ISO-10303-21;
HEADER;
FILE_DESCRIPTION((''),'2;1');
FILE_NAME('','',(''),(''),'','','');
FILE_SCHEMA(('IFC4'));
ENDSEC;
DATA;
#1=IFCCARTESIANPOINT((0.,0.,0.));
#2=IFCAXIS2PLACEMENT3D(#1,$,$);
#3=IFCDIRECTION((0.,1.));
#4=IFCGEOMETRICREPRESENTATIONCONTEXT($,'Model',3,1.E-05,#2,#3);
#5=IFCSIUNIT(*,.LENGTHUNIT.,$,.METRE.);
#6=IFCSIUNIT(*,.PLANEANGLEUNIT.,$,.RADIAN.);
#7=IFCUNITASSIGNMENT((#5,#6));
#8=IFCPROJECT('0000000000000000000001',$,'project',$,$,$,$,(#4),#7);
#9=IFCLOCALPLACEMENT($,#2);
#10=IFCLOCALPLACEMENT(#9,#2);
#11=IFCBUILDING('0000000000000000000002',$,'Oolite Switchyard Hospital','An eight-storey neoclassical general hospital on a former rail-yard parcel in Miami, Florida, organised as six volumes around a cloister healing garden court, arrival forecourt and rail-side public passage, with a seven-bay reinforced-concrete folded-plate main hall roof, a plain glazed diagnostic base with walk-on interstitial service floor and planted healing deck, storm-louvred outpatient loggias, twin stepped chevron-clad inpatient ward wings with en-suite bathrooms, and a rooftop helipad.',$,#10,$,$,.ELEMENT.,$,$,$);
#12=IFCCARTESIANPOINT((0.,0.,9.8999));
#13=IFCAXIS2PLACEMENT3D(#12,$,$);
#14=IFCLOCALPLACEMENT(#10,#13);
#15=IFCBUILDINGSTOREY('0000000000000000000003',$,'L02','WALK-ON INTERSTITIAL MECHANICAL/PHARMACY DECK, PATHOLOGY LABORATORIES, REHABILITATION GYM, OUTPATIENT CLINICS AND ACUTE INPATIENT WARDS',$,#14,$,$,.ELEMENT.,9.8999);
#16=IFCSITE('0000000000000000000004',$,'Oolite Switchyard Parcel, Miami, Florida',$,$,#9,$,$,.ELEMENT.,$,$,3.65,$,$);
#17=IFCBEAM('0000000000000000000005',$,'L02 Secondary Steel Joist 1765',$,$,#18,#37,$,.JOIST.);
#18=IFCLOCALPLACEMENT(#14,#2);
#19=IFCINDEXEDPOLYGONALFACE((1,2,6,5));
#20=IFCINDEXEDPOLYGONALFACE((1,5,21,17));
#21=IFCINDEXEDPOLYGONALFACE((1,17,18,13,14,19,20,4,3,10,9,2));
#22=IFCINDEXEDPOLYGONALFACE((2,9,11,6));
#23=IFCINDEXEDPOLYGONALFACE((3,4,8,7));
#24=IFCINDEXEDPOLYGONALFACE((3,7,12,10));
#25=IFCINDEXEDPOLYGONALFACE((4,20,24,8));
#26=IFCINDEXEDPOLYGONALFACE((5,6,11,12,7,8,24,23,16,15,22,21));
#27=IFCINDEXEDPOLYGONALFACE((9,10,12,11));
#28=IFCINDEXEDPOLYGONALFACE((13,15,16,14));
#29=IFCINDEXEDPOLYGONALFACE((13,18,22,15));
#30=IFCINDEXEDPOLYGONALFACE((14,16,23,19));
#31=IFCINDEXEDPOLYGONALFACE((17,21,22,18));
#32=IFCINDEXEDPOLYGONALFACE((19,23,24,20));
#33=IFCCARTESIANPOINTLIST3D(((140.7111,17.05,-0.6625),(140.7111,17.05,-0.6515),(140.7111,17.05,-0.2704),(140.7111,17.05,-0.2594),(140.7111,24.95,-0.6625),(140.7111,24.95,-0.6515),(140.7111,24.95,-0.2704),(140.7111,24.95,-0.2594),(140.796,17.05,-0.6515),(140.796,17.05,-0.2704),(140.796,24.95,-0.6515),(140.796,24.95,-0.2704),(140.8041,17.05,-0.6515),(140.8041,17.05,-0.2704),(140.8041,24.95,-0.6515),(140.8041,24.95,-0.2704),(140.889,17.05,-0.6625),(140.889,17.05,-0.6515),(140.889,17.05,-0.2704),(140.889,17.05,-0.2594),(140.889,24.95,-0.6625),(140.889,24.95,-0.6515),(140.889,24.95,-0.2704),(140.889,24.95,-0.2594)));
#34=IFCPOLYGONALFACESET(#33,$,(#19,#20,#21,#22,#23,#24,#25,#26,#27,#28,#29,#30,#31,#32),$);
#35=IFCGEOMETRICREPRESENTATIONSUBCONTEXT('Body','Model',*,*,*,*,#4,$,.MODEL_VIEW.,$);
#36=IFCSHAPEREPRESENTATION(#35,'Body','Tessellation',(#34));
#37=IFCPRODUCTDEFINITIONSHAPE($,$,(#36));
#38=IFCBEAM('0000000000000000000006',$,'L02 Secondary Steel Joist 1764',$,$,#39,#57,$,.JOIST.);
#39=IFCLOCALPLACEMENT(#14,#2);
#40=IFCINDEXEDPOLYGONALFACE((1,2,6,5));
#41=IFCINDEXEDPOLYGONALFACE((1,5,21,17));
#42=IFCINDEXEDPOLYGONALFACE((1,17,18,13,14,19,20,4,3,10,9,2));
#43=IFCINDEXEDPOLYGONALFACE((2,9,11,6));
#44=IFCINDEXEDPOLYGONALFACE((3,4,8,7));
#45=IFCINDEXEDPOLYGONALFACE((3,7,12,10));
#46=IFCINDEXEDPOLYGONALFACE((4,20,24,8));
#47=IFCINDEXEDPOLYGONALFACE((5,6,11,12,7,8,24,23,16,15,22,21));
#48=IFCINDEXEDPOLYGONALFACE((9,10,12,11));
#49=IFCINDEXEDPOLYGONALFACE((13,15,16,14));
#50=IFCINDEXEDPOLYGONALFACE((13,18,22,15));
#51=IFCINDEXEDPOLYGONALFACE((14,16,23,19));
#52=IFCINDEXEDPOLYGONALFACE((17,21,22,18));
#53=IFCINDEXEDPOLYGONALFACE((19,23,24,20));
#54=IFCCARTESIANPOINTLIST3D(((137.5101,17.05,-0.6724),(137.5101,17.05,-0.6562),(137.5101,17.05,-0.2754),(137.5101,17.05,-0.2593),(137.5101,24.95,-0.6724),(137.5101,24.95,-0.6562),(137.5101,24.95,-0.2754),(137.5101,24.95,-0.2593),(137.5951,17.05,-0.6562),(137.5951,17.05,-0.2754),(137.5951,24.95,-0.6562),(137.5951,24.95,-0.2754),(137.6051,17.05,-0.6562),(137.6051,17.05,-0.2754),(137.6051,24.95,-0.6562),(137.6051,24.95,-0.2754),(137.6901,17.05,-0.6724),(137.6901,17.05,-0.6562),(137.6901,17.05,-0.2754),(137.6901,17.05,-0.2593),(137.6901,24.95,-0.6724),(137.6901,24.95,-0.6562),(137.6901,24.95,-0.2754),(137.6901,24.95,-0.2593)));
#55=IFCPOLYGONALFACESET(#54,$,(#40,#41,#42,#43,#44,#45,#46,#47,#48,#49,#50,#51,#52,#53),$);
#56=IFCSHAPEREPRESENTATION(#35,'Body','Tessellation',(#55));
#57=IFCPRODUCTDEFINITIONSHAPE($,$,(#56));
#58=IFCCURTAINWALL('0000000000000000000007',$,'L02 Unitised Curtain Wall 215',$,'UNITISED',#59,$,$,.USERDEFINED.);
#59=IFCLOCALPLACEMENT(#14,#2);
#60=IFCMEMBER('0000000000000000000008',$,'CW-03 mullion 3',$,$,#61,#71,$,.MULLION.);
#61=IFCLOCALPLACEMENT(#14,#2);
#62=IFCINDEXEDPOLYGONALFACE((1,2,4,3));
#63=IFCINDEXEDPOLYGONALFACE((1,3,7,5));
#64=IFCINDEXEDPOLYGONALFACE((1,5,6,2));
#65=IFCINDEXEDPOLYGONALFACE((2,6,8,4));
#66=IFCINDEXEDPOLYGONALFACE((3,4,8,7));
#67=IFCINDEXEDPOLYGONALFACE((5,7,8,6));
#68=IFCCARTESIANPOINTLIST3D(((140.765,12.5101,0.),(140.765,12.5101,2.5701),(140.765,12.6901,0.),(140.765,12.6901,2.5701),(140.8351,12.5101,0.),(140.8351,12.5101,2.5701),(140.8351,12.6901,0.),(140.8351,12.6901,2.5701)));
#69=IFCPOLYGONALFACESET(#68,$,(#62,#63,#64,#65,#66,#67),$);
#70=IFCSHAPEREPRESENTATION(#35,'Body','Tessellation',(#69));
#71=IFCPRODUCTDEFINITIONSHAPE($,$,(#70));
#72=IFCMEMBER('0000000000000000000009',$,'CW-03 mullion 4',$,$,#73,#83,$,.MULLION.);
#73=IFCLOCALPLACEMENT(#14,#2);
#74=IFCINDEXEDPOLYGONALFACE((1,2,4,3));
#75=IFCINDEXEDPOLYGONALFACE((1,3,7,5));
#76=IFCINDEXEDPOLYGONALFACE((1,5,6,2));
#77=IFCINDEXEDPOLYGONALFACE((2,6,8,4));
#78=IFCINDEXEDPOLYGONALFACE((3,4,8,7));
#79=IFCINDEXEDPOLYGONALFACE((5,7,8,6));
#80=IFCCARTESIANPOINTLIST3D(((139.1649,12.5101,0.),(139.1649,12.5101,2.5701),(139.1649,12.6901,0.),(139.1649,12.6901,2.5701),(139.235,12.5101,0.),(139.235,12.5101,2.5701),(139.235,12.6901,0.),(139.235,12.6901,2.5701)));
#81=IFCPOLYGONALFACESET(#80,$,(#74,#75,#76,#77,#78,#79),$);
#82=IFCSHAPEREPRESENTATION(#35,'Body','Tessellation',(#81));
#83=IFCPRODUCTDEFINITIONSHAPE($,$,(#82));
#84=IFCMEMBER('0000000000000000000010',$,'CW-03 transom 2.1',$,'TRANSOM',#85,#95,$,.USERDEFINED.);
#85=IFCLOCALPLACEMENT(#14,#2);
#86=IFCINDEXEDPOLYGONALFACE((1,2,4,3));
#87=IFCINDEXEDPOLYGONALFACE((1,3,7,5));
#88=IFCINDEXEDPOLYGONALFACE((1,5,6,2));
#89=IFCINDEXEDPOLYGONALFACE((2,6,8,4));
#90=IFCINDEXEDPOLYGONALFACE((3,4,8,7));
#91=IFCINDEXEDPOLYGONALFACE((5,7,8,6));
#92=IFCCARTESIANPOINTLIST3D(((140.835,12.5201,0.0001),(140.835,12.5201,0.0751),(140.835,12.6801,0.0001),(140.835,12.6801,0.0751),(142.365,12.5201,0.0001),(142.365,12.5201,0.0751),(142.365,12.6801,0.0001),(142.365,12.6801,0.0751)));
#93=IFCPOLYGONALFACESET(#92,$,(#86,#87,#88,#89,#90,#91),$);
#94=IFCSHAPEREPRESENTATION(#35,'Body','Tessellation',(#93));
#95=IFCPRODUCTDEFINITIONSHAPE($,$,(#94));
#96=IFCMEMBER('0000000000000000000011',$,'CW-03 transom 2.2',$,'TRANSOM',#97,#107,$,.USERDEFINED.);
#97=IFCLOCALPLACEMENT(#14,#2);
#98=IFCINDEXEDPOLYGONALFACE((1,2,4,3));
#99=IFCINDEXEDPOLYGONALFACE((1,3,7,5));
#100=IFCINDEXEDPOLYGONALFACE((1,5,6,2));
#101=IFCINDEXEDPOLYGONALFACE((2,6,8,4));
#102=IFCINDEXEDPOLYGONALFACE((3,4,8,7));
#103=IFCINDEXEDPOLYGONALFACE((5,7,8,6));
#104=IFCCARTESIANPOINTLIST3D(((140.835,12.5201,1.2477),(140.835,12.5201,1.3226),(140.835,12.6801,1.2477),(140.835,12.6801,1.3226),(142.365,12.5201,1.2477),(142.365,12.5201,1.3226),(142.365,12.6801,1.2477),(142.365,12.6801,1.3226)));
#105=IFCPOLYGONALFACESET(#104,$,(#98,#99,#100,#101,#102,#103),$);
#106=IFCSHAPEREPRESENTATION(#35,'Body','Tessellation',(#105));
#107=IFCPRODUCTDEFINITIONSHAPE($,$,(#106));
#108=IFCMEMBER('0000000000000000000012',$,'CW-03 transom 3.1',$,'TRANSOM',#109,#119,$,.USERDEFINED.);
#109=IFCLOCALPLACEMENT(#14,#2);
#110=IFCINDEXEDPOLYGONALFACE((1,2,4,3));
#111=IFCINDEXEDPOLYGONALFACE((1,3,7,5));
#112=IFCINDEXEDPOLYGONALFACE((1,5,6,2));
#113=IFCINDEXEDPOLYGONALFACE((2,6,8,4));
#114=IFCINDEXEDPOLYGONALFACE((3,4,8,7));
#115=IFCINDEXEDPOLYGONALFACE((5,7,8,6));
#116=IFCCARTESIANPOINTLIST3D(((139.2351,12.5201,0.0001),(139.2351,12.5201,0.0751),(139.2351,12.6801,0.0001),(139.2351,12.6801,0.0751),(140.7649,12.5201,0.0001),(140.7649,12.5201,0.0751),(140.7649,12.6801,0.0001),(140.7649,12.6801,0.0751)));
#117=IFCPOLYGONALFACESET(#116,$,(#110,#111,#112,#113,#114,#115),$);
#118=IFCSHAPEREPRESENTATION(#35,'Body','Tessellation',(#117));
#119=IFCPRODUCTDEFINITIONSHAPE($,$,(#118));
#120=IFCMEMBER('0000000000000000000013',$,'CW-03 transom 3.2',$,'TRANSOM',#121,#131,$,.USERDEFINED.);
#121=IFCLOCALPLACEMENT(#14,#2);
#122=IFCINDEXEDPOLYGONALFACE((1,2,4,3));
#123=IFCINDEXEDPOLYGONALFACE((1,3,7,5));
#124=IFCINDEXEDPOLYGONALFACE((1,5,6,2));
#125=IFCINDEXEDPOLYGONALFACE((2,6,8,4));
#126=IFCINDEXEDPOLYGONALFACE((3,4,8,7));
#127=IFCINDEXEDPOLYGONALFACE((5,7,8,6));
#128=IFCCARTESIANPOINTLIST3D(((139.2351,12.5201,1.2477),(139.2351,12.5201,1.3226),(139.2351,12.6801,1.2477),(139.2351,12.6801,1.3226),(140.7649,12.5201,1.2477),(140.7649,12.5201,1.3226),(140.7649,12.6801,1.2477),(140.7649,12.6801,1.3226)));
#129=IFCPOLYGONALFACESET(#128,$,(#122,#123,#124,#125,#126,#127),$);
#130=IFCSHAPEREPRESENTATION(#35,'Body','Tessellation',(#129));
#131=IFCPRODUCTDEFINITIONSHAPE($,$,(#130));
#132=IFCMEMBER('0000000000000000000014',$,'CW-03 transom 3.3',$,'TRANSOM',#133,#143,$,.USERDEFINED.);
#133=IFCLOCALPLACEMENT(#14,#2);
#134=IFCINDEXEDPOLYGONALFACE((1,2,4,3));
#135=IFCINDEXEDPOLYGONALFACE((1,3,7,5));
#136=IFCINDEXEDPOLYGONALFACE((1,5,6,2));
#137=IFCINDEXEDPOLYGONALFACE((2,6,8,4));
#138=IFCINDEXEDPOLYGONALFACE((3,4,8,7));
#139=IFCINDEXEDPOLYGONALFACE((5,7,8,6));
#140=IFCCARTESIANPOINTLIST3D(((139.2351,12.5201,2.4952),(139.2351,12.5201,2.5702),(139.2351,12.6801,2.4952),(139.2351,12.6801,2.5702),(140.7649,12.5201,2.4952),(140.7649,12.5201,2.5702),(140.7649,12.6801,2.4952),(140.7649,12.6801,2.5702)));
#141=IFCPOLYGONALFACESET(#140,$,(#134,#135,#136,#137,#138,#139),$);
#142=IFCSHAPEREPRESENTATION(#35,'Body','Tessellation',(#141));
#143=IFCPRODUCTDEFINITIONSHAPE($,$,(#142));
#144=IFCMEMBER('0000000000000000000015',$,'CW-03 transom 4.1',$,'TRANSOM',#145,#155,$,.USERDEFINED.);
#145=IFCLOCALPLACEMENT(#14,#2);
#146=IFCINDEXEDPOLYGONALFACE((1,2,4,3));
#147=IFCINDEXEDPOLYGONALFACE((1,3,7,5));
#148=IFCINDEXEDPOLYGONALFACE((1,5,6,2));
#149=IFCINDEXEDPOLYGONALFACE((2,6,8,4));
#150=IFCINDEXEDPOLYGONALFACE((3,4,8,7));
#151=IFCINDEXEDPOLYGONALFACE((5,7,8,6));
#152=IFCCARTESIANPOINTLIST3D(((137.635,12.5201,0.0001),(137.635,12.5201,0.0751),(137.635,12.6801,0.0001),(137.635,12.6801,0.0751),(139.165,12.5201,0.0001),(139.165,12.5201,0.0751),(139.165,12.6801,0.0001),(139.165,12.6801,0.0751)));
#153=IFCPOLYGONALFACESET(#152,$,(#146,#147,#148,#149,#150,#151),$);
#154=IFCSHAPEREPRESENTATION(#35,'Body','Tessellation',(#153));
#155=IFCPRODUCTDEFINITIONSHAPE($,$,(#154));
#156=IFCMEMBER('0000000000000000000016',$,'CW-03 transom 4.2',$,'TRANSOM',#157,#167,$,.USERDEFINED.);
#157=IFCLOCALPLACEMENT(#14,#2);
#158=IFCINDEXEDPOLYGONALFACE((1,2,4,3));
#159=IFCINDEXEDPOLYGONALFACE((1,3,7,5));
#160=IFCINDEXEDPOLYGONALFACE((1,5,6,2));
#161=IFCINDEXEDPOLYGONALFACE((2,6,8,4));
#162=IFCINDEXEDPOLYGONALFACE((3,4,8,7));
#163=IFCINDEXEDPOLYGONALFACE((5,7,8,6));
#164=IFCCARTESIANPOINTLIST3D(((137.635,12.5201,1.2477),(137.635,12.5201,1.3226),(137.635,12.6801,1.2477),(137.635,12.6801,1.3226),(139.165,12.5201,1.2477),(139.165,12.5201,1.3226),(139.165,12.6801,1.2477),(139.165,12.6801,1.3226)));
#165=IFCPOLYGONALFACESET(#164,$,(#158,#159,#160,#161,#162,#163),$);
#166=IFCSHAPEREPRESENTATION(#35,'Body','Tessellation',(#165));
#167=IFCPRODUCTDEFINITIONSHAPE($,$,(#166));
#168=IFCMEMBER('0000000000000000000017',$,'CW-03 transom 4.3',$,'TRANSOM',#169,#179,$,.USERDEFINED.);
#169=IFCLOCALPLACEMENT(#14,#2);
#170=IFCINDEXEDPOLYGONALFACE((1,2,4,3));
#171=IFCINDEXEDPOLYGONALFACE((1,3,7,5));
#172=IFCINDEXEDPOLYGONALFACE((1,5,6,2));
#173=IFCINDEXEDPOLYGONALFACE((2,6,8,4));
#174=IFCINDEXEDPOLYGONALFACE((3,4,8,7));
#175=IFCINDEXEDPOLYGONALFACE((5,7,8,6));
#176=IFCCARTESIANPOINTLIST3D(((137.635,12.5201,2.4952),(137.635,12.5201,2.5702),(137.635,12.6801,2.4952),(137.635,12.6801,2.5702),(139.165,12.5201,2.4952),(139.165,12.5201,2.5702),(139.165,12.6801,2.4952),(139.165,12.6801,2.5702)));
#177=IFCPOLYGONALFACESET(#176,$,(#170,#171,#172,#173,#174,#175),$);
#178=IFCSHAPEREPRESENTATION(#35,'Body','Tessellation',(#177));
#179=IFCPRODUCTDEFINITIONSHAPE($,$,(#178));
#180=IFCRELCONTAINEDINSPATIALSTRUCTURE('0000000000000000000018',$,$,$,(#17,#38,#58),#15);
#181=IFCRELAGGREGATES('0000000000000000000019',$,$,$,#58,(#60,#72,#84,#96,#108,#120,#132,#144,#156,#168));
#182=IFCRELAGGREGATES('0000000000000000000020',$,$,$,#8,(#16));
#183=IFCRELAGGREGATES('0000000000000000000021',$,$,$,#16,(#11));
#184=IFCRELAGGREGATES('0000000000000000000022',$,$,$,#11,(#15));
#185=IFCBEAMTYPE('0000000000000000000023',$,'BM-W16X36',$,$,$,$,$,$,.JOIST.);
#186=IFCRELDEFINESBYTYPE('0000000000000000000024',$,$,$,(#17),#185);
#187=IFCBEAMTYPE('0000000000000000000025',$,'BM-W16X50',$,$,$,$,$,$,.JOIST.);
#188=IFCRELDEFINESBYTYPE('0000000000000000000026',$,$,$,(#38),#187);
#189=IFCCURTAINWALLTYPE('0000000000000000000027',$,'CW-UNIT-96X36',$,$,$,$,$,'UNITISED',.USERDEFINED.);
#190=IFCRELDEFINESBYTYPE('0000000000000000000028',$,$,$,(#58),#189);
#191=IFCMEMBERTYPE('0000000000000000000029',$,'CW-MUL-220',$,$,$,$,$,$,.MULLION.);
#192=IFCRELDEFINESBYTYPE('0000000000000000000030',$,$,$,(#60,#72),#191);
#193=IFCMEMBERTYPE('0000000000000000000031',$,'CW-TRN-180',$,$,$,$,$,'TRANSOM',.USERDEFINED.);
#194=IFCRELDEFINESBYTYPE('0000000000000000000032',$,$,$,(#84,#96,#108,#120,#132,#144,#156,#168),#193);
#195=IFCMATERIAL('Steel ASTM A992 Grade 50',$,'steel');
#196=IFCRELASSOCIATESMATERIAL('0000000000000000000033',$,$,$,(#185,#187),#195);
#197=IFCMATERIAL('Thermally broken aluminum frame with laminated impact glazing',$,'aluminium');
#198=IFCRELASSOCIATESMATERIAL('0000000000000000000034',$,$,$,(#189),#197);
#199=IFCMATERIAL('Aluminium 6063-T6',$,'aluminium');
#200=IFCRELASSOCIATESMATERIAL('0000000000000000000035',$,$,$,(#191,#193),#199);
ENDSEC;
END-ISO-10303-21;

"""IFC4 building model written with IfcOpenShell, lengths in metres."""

from ifc_helpers import new_model, si_unit, direction, frame, origin, origin_2d, place, context, subcontext, project, spatial, rectangle, i_section, extrude, material, material_profile, profile_set, type_object, element, aggregate, save


model = new_model("IFC4")

# Units and contexts
model_context = context("Model", 3, precision=1e-05, world=origin(), true_north=direction((0.0, 1.0)))
body_context = subcontext(model_context, "Body", "Model", "MODEL_VIEW")
ifc_project = project(units=[si_unit("LENGTHUNIT", "METRE"), si_unit("PLANEANGLEUNIT", "RADIAN")], contexts=[model_context])

# Site, building, storey
site_placement = place(None, origin())
site = spatial("IfcSite", under=ifc_project, at=site_placement, Name="Oolite Switchyard Parcel, Miami, Florida", CompositionType="ELEMENT", RefElevation=3.65)
building_placement = place(site_placement, origin())
building = spatial("IfcBuilding", under=site, at=building_placement, Name="Oolite Switchyard Hospital", Description="An eight-storey neoclassical general hospital on a former rail-yard parcel in Miami, Florida, organised as six volumes around a cloister healing garden court, arrival forecourt and rail-side public passage, with a seven-bay reinforced-concrete folded-plate main hall roof, a plain glazed diagnostic base with walk-on interstitial service floor and planted healing deck, storm-louvred outpatient loggias, twin stepped chevron-clad inpatient ward wings with en-suite bathrooms, and a rooftop helipad.", CompositionType="ELEMENT")
storey_placement = place(building_placement, frame((0.0, 0.0, 9.8999)))
storey = spatial("IfcBuildingStorey", under=building, at=storey_placement, Name="L02", Description="WALK-ON INTERSTITIAL MECHANICAL/PHARMACY DECK, PATHOLOGY LABORATORIES, REHABILITATION GYM, OUTPATIENT CLINICS AND ACUTE INPATIENT WARDS", CompositionType="ELEMENT", Elevation=9.8999)

# Beams
ifc_material_1 = material(Name="Steel ASTM A992 Grade 50", Category="steel")
ifc_material_profile_1 = material_profile(ifc_material_1, i_section(OverallWidth=0.178, OverallDepth=0.4031, WebThickness=0.0081, FlangeThickness=0.011, at=origin_2d()), Name="W16X36")
ifc_profile_set_1 = profile_set([ifc_material_profile_1], Name="Steel ASTM A992 Grade 50")
beam_type_1 = type_object("IfcBeamType", Name="BM-W16X36", PredefinedType="JOIST", material=ifc_profile_set_1)
beam_1_placement = place(storey_placement, frame((140.8, 17.05, -0.4609), z_axis=(0.0, 1.0, 0.0), x_axis=(-1.0, 0.0, 0.0)))
element("IfcBeam", 1, at=beam_1_placement, inside=storey, type_object=beam_type_1, Name="L02 Secondary Steel Joist 1765", PredefinedType="JOIST", context=body_context, shape_type="SweptSolid", body=[
    extrude(i_section(OverallWidth=0.178, OverallDepth=0.4031, WebThickness=0.0081, FlangeThickness=0.011, at=origin_2d()), origin(), (0.0, 0.0, 1.0), 7.8999),
])
ifc_material_profile_2 = material_profile(ifc_material_1, i_section(OverallWidth=0.1799, OverallDepth=0.4131, WebThickness=0.01, FlangeThickness=0.0161, at=origin_2d()), Name="W16X50")
ifc_profile_set_2 = profile_set([ifc_material_profile_2], Name="Steel ASTM A992 Grade 50")
beam_type_2 = type_object("IfcBeamType", Name="BM-W16X50", PredefinedType="JOIST", material=ifc_profile_set_2)
beam_2_placement = place(storey_placement, frame((137.6001, 17.05, -0.4658), z_axis=(0.0, 1.0, 0.0), x_axis=(-1.0, 0.0, 0.0)))
element("IfcBeam", 2, at=beam_2_placement, inside=storey, type_object=beam_type_2, Name="L02 Secondary Steel Joist 1764", PredefinedType="JOIST", context=body_context, shape_type="SweptSolid", body=[
    extrude(i_section(OverallWidth=0.1799, OverallDepth=0.4131, WebThickness=0.01, FlangeThickness=0.0161, at=origin_2d()), origin(), (0.0, 0.0, 1.0), 7.8999),
])

# Curtain wall, members
ifc_material_2 = material(Name="Thermally broken aluminum frame with laminated impact glazing", Category="aluminium")
curtain_wall_type = type_object("IfcCurtainWallType", Name="CW-UNIT-96X36", ElementType="UNITISED", PredefinedType="USERDEFINED", material=ifc_material_2)
curtain_wall_placement = place(storey_placement, origin())
curtain_wall = element("IfcCurtainWall", 3, at=curtain_wall_placement, inside=storey, type_object=curtain_wall_type, Name="L02 Unitised Curtain Wall 215", ObjectType="UNITISED", PredefinedType="USERDEFINED")
ifc_material_3 = material(Name="Aluminium 6063-T6", Category="aluminium")
ifc_material_profile_3 = material_profile(ifc_material_3, rectangle(XDim=0.1799, YDim=0.0701, at=origin_2d()), Name="CWM70X180")
ifc_profile_set_3 = profile_set([ifc_material_profile_3], Name="Aluminium 6063-T6")
member_type_1 = type_object("IfcMemberType", Name="CW-MUL-220", PredefinedType="MULLION", material=ifc_profile_set_3)
member_1_placement = place(storey_placement, frame((140.8, 12.6001, 0.0), z_axis=(0.0, 0.0, 1.0), x_axis=(0.0, -1.0, 0.0)))
member_1 = element("IfcMember", 4, at=member_1_placement, type_object=member_type_1, Name="CW-03 mullion 3", PredefinedType="MULLION", context=body_context, shape_type="SweptSolid", body=[
    extrude(rectangle(XDim=0.1799, YDim=0.0701, at=origin_2d()), origin(), (0.0, 0.0, 1.0), 2.5701),
])
member_2_placement = place(storey_placement, frame((139.2, 12.6001, 0.0), z_axis=(0.0, 0.0, 1.0), x_axis=(0.0, -1.0, 0.0)))
member_2 = element("IfcMember", 5, at=member_2_placement, type_object=member_type_1, Name="CW-03 mullion 4", PredefinedType="MULLION", context=body_context, shape_type="SweptSolid", body=[
    extrude(rectangle(XDim=0.1799, YDim=0.0701, at=origin_2d()), origin(), (0.0, 0.0, 1.0), 2.5701),
])
ifc_material_profile_4 = material_profile(ifc_material_3, rectangle(XDim=0.1599, YDim=0.075, at=origin_2d()), Name="CWT75X160")
ifc_profile_set_4 = profile_set([ifc_material_profile_4], Name="Aluminium 6063-T6")
member_type_2 = type_object("IfcMemberType", Name="CW-TRN-180", ElementType="TRANSOM", PredefinedType="USERDEFINED", material=ifc_profile_set_4)
member_3_placement = place(storey_placement, frame((142.365, 12.6001, 0.0376), z_axis=(-1.0, 0.0, 0.0), x_axis=(0.0, -1.0, 0.0)))
member_3 = element("IfcMember", 6, at=member_3_placement, type_object=member_type_2, Name="CW-03 transom 2.1", ObjectType="TRANSOM", PredefinedType="USERDEFINED", context=body_context, shape_type="SweptSolid", body=[
    extrude(rectangle(XDim=0.1599, YDim=0.075, at=origin_2d()), origin(), (0.0, 0.0, 1.0), 1.53),
])
member_4_placement = place(storey_placement, frame((142.365, 12.6001, 1.2852), z_axis=(-1.0, 0.0, 0.0), x_axis=(0.0, -1.0, 0.0)))
member_4 = element("IfcMember", 7, at=member_4_placement, type_object=member_type_2, Name="CW-03 transom 2.2", ObjectType="TRANSOM", PredefinedType="USERDEFINED", context=body_context, shape_type="SweptSolid", body=[
    extrude(rectangle(XDim=0.1599, YDim=0.075, at=origin_2d()), origin(), (0.0, 0.0, 1.0), 1.53),
])
member_5_placement = place(storey_placement, frame((140.7649, 12.6001, 0.0376), z_axis=(-1.0, 0.0, 0.0), x_axis=(0.0, -1.0, 0.0)))
member_5 = element("IfcMember", 8, at=member_5_placement, type_object=member_type_2, Name="CW-03 transom 3.1", ObjectType="TRANSOM", PredefinedType="USERDEFINED", context=body_context, shape_type="SweptSolid", body=[
    extrude(rectangle(XDim=0.1599, YDim=0.075, at=origin_2d()), origin(), (0.0, 0.0, 1.0), 1.5298),
])
member_6_placement = place(storey_placement, frame((140.7649, 12.6001, 1.2852), z_axis=(-1.0, 0.0, 0.0), x_axis=(0.0, -1.0, 0.0)))
member_6 = element("IfcMember", 9, at=member_6_placement, type_object=member_type_2, Name="CW-03 transom 3.2", ObjectType="TRANSOM", PredefinedType="USERDEFINED", context=body_context, shape_type="SweptSolid", body=[
    extrude(rectangle(XDim=0.1599, YDim=0.075, at=origin_2d()), origin(), (0.0, 0.0, 1.0), 1.5298),
])
member_7_placement = place(storey_placement, frame((140.7649, 12.6001, 2.5327), z_axis=(-1.0, 0.0, 0.0), x_axis=(0.0, -1.0, 0.0)))
member_7 = element("IfcMember", 10, at=member_7_placement, type_object=member_type_2, Name="CW-03 transom 3.3", ObjectType="TRANSOM", PredefinedType="USERDEFINED", context=body_context, shape_type="SweptSolid", body=[
    extrude(rectangle(XDim=0.1599, YDim=0.075, at=origin_2d()), origin(), (0.0, 0.0, 1.0), 1.5298),
])
member_8_placement = place(storey_placement, frame((139.165, 12.6001, 0.0376), z_axis=(-1.0, 0.0, 0.0), x_axis=(0.0, -1.0, 0.0)))
member_8 = element("IfcMember", 11, at=member_8_placement, type_object=member_type_2, Name="CW-03 transom 4.1", ObjectType="TRANSOM", PredefinedType="USERDEFINED", context=body_context, shape_type="SweptSolid", body=[
    extrude(rectangle(XDim=0.1599, YDim=0.075, at=origin_2d()), origin(), (0.0, 0.0, 1.0), 1.53),
])
member_9_placement = place(storey_placement, frame((139.165, 12.6001, 1.2852), z_axis=(-1.0, 0.0, 0.0), x_axis=(0.0, -1.0, 0.0)))
member_9 = element("IfcMember", 12, at=member_9_placement, type_object=member_type_2, Name="CW-03 transom 4.2", ObjectType="TRANSOM", PredefinedType="USERDEFINED", context=body_context, shape_type="SweptSolid", body=[
    extrude(rectangle(XDim=0.1599, YDim=0.075, at=origin_2d()), origin(), (0.0, 0.0, 1.0), 1.53),
])
member_10_placement = place(storey_placement, frame((139.165, 12.6001, 2.5327), z_axis=(-1.0, 0.0, 0.0), x_axis=(0.0, -1.0, 0.0)))
member_10 = element("IfcMember", 13, at=member_10_placement, type_object=member_type_2, Name="CW-03 transom 4.3", ObjectType="TRANSOM", PredefinedType="USERDEFINED", context=body_context, shape_type="SweptSolid", body=[
    extrude(rectangle(XDim=0.1599, YDim=0.075, at=origin_2d()), origin(), (0.0, 0.0, 1.0), 1.53),
])
aggregate(curtain_wall, [member_1, member_2, member_3, member_4, member_5, member_6, member_7, member_8, member_9, member_10])

save(model, "model.ifc")
